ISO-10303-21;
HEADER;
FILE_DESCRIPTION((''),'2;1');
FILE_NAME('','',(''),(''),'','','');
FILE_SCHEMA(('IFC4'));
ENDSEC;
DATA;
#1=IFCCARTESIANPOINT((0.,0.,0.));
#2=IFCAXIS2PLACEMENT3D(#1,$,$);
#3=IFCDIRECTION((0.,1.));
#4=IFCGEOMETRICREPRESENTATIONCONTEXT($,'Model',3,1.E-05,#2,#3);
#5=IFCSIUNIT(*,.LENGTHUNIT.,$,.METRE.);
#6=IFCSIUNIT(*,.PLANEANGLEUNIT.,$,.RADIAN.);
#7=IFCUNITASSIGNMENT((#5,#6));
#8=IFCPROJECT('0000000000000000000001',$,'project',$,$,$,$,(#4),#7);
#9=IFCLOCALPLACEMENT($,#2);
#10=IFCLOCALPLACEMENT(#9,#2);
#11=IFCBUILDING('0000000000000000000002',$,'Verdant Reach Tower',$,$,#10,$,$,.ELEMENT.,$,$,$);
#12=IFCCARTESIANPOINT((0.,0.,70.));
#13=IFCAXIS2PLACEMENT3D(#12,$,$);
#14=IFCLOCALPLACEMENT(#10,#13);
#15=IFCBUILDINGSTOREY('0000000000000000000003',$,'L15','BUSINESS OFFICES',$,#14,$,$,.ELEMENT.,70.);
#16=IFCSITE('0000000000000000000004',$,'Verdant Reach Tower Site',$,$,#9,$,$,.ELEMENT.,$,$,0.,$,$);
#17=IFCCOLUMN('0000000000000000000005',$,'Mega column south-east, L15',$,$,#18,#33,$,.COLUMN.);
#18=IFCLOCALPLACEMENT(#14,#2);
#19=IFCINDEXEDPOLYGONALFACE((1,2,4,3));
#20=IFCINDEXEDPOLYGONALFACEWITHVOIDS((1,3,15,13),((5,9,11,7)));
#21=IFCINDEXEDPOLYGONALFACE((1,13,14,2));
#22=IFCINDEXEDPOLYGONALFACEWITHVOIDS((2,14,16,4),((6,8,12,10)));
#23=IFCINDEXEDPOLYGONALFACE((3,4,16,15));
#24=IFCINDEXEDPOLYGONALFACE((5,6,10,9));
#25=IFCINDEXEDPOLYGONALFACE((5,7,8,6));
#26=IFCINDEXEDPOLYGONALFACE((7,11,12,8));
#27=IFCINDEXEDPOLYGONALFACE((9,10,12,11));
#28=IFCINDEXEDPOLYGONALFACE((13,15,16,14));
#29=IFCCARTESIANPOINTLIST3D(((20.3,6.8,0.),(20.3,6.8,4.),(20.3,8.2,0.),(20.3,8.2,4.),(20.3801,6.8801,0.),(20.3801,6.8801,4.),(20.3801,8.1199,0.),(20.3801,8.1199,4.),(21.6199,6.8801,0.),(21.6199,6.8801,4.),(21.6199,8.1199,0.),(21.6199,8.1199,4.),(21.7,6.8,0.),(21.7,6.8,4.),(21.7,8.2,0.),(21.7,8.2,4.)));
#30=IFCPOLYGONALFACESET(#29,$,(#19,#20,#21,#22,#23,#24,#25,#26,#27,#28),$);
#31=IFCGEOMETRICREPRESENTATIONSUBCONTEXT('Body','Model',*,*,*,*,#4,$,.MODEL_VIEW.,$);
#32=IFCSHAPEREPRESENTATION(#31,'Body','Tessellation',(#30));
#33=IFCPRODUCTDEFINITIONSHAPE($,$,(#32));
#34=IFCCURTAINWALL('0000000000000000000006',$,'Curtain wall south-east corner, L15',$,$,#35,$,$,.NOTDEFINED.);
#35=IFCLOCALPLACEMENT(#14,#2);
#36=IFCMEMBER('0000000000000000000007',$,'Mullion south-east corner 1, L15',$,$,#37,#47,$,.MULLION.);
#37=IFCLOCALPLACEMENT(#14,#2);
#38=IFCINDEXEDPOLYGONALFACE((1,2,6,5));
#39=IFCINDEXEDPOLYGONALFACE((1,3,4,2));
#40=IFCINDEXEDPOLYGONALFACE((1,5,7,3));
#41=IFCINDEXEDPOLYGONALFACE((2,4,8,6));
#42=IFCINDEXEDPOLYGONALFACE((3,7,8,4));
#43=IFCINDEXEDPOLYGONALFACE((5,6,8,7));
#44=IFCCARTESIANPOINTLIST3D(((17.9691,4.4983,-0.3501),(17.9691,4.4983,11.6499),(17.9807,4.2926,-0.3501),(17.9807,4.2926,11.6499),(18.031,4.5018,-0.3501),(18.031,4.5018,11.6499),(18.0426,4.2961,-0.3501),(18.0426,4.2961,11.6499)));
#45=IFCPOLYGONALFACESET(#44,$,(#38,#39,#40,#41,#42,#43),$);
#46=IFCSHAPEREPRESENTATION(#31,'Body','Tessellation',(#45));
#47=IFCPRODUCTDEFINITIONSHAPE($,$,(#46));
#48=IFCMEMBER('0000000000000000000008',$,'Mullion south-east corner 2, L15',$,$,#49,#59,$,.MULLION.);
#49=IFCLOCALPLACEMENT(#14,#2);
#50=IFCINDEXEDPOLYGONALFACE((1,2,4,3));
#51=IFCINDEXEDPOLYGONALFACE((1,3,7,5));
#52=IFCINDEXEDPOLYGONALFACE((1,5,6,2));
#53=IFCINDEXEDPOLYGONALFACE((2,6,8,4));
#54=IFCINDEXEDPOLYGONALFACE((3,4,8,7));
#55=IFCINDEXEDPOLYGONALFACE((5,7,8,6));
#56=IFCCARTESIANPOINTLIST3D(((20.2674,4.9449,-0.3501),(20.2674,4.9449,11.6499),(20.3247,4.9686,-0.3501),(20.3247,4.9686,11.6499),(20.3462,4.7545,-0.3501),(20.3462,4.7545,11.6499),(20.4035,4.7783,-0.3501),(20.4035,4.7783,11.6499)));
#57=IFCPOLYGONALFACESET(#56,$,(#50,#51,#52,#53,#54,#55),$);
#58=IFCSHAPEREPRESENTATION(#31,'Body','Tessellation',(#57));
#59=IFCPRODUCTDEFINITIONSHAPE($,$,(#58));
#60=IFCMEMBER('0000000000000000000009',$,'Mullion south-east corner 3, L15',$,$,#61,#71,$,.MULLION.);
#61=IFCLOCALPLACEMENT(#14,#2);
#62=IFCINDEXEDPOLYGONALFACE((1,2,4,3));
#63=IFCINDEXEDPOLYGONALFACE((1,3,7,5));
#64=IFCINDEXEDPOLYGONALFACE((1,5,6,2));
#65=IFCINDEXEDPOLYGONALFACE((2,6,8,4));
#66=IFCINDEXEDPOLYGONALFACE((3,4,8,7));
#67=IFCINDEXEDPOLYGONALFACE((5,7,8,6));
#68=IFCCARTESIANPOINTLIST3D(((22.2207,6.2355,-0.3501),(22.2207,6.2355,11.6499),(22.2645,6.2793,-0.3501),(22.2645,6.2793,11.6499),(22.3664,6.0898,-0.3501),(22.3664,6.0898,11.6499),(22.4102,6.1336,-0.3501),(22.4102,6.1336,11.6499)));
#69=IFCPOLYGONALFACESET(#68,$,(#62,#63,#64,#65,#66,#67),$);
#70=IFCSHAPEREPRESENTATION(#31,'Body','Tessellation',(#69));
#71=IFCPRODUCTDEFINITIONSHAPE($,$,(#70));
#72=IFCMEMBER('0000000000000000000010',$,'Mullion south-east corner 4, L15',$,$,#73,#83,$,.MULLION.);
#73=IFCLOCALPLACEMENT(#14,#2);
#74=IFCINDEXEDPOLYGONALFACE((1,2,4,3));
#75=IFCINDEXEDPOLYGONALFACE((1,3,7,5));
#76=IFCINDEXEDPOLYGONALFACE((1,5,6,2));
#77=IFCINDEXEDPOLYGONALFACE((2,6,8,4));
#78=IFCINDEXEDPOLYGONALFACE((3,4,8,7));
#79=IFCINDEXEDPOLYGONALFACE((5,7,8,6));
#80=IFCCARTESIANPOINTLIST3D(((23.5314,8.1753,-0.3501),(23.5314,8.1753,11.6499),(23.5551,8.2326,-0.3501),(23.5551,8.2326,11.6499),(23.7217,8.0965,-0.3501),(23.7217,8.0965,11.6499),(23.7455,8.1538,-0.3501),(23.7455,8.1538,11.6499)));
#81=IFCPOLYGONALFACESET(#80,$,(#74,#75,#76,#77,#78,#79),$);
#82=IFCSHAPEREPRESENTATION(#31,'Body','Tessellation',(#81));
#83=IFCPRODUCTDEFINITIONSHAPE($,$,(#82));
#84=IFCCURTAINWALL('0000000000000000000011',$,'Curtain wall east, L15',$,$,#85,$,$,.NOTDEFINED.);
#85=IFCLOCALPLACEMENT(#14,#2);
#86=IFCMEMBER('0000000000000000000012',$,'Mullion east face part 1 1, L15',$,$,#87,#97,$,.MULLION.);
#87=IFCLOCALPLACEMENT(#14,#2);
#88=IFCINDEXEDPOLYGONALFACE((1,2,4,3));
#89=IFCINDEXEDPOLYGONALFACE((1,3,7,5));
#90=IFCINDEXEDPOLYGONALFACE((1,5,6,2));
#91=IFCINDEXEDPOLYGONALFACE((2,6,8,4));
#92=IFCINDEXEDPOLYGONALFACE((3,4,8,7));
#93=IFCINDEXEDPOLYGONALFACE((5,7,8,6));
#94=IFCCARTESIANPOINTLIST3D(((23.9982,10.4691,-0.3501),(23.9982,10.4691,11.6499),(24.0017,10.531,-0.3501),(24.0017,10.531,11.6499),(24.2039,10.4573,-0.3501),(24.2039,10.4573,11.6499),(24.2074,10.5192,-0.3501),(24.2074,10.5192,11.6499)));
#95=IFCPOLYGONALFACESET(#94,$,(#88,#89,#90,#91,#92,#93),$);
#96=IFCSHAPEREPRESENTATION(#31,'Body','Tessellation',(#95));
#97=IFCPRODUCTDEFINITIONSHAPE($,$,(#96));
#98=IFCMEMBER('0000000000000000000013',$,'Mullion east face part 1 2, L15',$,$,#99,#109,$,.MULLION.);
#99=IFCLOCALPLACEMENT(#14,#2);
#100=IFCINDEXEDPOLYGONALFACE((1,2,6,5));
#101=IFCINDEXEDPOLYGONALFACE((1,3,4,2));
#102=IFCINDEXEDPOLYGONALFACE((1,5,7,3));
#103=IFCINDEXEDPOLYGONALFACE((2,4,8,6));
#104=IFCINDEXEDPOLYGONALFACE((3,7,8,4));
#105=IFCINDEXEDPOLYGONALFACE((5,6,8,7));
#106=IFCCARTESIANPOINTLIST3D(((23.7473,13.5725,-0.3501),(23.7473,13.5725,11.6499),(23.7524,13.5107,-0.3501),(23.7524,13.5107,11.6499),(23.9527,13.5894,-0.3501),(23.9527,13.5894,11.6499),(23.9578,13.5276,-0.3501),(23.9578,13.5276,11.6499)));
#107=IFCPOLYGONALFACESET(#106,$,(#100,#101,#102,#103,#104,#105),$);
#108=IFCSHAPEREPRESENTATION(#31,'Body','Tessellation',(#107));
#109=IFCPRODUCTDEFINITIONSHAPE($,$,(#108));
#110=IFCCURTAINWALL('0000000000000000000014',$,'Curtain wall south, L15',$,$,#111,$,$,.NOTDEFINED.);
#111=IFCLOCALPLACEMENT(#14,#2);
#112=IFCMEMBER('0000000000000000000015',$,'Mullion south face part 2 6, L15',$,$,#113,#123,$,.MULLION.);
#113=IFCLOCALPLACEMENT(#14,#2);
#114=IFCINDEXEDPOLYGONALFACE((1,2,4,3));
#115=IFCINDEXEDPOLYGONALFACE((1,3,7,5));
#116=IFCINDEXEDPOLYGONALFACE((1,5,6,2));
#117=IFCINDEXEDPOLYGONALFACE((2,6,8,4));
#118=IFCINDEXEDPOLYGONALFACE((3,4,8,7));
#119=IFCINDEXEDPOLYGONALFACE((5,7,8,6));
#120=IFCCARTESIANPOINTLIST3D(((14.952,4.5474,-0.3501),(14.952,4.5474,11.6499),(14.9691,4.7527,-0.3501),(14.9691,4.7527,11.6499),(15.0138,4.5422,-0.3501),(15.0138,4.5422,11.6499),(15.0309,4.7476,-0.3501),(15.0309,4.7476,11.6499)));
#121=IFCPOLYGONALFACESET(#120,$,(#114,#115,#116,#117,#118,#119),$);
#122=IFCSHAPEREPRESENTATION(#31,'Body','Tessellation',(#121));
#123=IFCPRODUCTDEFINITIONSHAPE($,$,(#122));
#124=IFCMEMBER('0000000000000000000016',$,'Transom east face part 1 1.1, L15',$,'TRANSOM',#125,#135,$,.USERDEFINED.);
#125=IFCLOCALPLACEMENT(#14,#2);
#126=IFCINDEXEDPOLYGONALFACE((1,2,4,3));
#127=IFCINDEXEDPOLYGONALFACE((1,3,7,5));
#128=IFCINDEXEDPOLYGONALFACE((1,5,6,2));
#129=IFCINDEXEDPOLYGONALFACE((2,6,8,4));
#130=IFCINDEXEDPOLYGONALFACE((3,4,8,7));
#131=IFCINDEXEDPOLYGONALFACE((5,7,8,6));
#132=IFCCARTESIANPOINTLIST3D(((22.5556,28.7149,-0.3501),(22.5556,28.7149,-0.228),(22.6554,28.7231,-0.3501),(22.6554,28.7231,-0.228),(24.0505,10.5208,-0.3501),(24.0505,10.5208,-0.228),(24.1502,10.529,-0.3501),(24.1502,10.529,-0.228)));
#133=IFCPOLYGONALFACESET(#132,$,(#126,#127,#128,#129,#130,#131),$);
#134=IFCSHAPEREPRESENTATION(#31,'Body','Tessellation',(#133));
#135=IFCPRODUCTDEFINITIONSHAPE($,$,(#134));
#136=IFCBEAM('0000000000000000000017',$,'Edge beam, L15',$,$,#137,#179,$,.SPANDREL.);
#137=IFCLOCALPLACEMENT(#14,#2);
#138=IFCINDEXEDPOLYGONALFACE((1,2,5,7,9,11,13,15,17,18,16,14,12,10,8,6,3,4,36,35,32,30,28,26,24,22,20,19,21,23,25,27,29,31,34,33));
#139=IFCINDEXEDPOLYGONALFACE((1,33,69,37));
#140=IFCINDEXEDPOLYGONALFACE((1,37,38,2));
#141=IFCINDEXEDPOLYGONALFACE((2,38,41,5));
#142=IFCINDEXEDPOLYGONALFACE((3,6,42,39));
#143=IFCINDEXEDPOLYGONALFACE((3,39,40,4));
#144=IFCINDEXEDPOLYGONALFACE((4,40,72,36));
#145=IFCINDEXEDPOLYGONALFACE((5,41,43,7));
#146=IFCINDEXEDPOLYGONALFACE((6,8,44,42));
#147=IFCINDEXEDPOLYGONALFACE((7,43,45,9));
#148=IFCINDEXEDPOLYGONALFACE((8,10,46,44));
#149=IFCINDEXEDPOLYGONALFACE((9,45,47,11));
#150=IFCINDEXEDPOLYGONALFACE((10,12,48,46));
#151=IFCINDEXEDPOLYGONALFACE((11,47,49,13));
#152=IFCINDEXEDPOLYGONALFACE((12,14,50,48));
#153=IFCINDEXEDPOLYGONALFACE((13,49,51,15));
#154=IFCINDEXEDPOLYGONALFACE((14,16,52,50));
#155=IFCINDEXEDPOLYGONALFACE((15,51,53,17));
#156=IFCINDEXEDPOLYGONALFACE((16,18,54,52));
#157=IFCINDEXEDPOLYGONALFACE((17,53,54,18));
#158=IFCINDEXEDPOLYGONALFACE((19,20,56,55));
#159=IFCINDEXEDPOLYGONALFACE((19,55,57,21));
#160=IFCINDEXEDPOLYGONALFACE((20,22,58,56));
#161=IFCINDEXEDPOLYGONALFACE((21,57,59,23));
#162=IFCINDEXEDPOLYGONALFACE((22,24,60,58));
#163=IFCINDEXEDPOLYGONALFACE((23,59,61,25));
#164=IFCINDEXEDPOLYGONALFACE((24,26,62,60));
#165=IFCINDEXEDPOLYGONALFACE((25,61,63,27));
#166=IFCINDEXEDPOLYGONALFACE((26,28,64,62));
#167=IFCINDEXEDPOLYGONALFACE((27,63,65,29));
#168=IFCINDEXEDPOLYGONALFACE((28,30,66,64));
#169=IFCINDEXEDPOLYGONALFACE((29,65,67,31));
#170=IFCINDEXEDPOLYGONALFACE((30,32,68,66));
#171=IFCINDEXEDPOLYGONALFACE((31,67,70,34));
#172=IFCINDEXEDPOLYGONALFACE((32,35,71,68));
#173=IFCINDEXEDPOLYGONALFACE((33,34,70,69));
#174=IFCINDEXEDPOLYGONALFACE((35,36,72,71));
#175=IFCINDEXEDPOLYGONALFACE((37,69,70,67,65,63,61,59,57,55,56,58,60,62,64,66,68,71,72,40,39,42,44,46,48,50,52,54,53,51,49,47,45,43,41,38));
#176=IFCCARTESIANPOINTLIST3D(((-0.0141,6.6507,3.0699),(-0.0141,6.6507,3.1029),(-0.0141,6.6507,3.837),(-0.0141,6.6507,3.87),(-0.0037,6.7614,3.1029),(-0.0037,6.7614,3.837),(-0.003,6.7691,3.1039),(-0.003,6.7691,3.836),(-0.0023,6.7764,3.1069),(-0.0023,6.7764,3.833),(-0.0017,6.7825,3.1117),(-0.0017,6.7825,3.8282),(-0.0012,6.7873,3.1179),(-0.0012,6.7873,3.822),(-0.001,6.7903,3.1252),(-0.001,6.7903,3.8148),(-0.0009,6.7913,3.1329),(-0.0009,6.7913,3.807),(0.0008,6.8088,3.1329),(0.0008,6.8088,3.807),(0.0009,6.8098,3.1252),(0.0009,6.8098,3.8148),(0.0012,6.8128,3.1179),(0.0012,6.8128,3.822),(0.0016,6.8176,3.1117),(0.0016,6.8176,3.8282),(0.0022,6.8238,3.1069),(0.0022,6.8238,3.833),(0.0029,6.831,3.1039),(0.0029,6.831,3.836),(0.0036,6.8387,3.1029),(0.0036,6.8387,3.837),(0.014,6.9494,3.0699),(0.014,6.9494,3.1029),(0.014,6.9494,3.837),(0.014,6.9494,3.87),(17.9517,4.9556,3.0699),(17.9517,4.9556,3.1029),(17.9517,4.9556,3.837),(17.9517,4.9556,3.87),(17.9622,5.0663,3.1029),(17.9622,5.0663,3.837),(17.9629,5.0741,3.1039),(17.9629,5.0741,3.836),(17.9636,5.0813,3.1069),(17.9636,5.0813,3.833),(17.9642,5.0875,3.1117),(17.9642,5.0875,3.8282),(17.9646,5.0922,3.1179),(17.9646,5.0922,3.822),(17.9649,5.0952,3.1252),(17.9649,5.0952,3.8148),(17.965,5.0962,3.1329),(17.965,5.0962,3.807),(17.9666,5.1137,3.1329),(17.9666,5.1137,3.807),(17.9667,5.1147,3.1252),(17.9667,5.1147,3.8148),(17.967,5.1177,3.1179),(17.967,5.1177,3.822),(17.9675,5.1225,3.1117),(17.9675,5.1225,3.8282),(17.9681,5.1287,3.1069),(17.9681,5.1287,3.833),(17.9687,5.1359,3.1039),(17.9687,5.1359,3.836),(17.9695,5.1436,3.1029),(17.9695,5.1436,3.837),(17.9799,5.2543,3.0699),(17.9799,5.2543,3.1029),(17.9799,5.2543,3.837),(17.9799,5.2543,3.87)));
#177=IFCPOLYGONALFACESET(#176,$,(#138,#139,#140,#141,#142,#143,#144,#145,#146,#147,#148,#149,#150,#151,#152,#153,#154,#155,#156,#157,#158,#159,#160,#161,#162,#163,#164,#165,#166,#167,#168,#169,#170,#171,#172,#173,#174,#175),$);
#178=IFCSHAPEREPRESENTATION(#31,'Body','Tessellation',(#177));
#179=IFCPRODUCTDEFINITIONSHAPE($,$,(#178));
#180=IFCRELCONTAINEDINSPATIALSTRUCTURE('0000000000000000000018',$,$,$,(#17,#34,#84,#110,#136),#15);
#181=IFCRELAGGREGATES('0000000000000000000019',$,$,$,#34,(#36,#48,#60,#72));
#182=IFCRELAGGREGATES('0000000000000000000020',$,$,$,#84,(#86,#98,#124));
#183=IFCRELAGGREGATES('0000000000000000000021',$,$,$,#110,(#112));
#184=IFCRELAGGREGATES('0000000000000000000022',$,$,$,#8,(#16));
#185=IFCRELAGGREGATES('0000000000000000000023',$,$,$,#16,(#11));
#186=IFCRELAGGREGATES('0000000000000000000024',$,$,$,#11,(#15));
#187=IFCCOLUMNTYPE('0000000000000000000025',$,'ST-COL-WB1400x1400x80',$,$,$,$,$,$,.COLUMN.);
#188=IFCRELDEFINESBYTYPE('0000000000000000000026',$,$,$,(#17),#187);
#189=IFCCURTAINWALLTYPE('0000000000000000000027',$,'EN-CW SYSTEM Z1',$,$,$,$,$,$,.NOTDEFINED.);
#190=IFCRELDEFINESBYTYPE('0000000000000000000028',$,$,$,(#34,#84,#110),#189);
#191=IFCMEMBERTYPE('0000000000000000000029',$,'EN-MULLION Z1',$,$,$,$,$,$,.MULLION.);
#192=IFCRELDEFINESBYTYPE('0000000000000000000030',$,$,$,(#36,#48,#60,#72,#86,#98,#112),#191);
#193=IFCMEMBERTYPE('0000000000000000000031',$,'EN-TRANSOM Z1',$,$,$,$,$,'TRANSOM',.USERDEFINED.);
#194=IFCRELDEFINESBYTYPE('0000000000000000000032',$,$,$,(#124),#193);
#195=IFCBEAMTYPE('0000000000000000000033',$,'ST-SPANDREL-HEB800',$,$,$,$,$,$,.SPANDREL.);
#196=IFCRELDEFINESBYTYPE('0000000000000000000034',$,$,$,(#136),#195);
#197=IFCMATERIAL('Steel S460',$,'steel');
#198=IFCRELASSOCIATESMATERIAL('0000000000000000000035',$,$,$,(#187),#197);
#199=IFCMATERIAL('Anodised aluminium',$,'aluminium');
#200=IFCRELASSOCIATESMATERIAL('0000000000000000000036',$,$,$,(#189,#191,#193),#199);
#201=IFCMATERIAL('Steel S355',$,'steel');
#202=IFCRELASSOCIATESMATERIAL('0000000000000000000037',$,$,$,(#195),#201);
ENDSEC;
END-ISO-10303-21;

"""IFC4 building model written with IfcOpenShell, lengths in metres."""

from ifc_helpers import new_model, si_unit, direction, frame, origin, origin_2d, place, context, subcontext, project, spatial, rectangle, hollow_rectangle, i_section, extrude, material, material_profile, profile_set, type_object, element, aggregate, save


model = new_model("IFC4")

# Units and contexts
model_context = context("Model", 3, precision=1e-05, world=origin(), true_north=direction((0.0, 1.0)))
body_context = subcontext(model_context, "Body", "Model", "MODEL_VIEW")
ifc_project = project(units=[si_unit("LENGTHUNIT", "METRE"), si_unit("PLANEANGLEUNIT", "RADIAN")], contexts=[model_context])

# Site, building, storey
site_placement = place(None, origin())
site = spatial("IfcSite", under=ifc_project, at=site_placement, Name="Verdant Reach Tower Site", CompositionType="ELEMENT", RefElevation=0.0)
building_placement = place(site_placement, origin())
building = spatial("IfcBuilding", under=site, at=building_placement, Name="Verdant Reach Tower", CompositionType="ELEMENT")
storey_placement = place(building_placement, frame((0.0, 0.0, 70.0)))
storey = spatial("IfcBuildingStorey", under=building, at=storey_placement, Name="L15", Description="BUSINESS OFFICES", CompositionType="ELEMENT", Elevation=70.0)

# Column
ifc_material_1 = material(Name="Steel S460", Category="steel")
ifc_material_profile_1 = material_profile(ifc_material_1, hollow_rectangle(XDim=1.3999, YDim=1.3999, WallThickness=0.0801, at=origin_2d()), Name="WB 1400x1400x80")
ifc_profile_set_1 = profile_set([ifc_material_profile_1], Name="Steel S460")
column_type = type_object("IfcColumnType", Name="ST-COL-WB1400x1400x80", PredefinedType="COLUMN", material=ifc_profile_set_1)
column_placement = place(storey_placement, frame((21.0, 7.5, 0.0), z_axis=(0.0, 0.0, 1.0), x_axis=(1.0, 0.0, 0.0)))
element("IfcColumn", 1, at=column_placement, inside=storey, type_object=column_type, Name="Mega column south-east, L15", PredefinedType="COLUMN", context=body_context, shape_type="SweptSolid", body=[
    extrude(hollow_rectangle(XDim=1.3999, YDim=1.3999, WallThickness=0.0801, at=origin_2d()), origin(), (0.0, 0.0, 1.0), 4.0),
])

# Curtain walls, members
ifc_material_2 = material(Name="Anodised aluminium", Category="aluminium")
curtain_wall_type = type_object("IfcCurtainWallType", Name="EN-CW SYSTEM Z1", PredefinedType="NOTDEFINED", material=ifc_material_2)
curtain_wall_1_placement = place(storey_placement, origin())
curtain_wall_1 = element("IfcCurtainWall", 2, at=curtain_wall_1_placement, inside=storey, type_object=curtain_wall_type, Name="Curtain wall south-east corner, L15", PredefinedType="NOTDEFINED")
ifc_material_profile_2 = material_profile(ifc_material_2, rectangle(XDim=0.2061, YDim=0.062, at=origin_2d()), Name="Mullion 62x206")
ifc_profile_set_2 = profile_set([ifc_material_profile_2], Name="Anodised aluminium")
member_type_1 = type_object("IfcMemberType", Name="EN-MULLION Z1", PredefinedType="MULLION", material=ifc_profile_set_2)
member_1_placement = place(storey_placement, frame((18.0059, 4.3972, -0.3501), z_axis=(0.0, 0.0, 1.0), x_axis=(0.056569, -0.998399, 0.0)))
member_1 = element("IfcMember", 3, at=member_1_placement, type_object=member_type_1, Name="Mullion south-east corner 1, L15", PredefinedType="MULLION", context=body_context, shape_type="SweptSolid", body=[
    extrude(rectangle(XDim=0.2061, YDim=0.062, at=origin_2d()), origin(), (0.0, 0.0, 1.0), 12.0),
])
member_2_placement = place(storey_placement, frame((20.3354, 4.8616, -0.3501), z_axis=(0.0, 0.0, 1.0), x_axis=(0.382694, -0.923875, 0.0)))
member_2 = element("IfcMember", 4, at=member_2_placement, type_object=member_type_1, Name="Mullion south-east corner 2, L15", PredefinedType="MULLION", context=body_context, shape_type="SweptSolid", body=[
    extrude(rectangle(XDim=0.2061, YDim=0.062, at=origin_2d()), origin(), (0.0, 0.0, 1.0), 12.0),
])
member_3_placement = place(storey_placement, frame((22.3154, 6.1846, -0.3501), z_axis=(0.0, 0.0, 1.0), x_axis=(0.707107, -0.707107, 0.0)))
member_3 = element("IfcMember", 5, at=member_3_placement, type_object=member_type_1, Name="Mullion south-east corner 3, L15", PredefinedType="MULLION", context=body_context, shape_type="SweptSolid", body=[
    extrude(rectangle(XDim=0.2061, YDim=0.062, at=origin_2d()), origin(), (0.0, 0.0, 1.0), 12.0),
])
member_4_placement = place(storey_placement, frame((23.6384, 8.1646, -0.3501), z_axis=(0.0, 0.0, 1.0), x_axis=(0.923875, -0.382694, 0.0)))
member_4 = element("IfcMember", 6, at=member_4_placement, type_object=member_type_1, Name="Mullion south-east corner 4, L15", PredefinedType="MULLION", context=body_context, shape_type="SweptSolid", body=[
    extrude(rectangle(XDim=0.2061, YDim=0.062, at=origin_2d()), origin(), (0.0, 0.0, 1.0), 12.0),
])
curtain_wall_2_placement = place(storey_placement, origin())
curtain_wall_2 = element("IfcCurtainWall", 7, at=curtain_wall_2_placement, inside=storey, type_object=curtain_wall_type, Name="Curtain wall east, L15", PredefinedType="NOTDEFINED")
member_5_placement = place(storey_placement, frame((24.1028, 10.4941, -0.3501), z_axis=(0.0, 0.0, 1.0), x_axis=(0.998366, -0.057135, 0.0)))
member_5 = element("IfcMember", 8, at=member_5_placement, type_object=member_type_1, Name="Mullion east face part 1 1, L15", PredefinedType="MULLION", context=body_context, shape_type="SweptSolid", body=[
    extrude(rectangle(XDim=0.2061, YDim=0.062, at=origin_2d()), origin(), (0.0, 0.0, 1.0), 12.0),
])
member_6_placement = place(storey_placement, frame((23.8525, 13.55, -0.3501), z_axis=(0.0, 0.0, 1.0), x_axis=(0.996639, 0.081916, 0.0)))
member_6 = element("IfcMember", 9, at=member_6_placement, type_object=member_type_1, Name="Mullion east face part 1 2, L15", PredefinedType="MULLION", context=body_context, shape_type="SweptSolid", body=[
    extrude(rectangle(XDim=0.2061, YDim=0.062, at=origin_2d()), origin(), (0.0, 0.0, 1.0), 12.0),
])

# Curtain wall, member
curtain_wall_3_placement = place(storey_placement, origin())
curtain_wall_3 = element("IfcCurtainWall", 10, at=curtain_wall_3_placement, inside=storey, type_object=curtain_wall_type, Name="Curtain wall south, L15", PredefinedType="NOTDEFINED")
member_7_placement = place(storey_placement, frame((14.9915, 4.6475, -0.3501), z_axis=(0.0, 0.0, 1.0), x_axis=(-0.083045, -0.996546, 0.0)))
member_7 = element("IfcMember", 11, at=member_7_placement, type_object=member_type_1, Name="Mullion south face part 2 6, L15", PredefinedType="MULLION", context=body_context, shape_type="SweptSolid", body=[
    extrude(rectangle(XDim=0.2061, YDim=0.062, at=origin_2d()), origin(), (0.0, 0.0, 1.0), 12.0),
])

# Member
ifc_material_profile_3 = material_profile(ifc_material_2, rectangle(XDim=0.1001, YDim=0.1221, at=origin_2d()), Name="Transom 122x100")
ifc_profile_set_3 = profile_set([ifc_material_profile_3], Name="Anodised aluminium")
member_type_2 = type_object("IfcMemberType", Name="EN-TRANSOM Z1", ElementType="TRANSOM", PredefinedType="USERDEFINED", material=ifc_profile_set_3)
member_8_placement = place(storey_placement, frame((24.1003, 10.5249, -0.2891), z_axis=(-0.081887, 0.996642, 0.0), x_axis=(-0.996642, -0.081887, 0.0)))
member_8 = element("IfcMember", 12, at=member_8_placement, type_object=member_type_2, Name="Transom east face part 1 1.1, L15", ObjectType="TRANSOM", PredefinedType="USERDEFINED", context=body_context, shape_type="SweptSolid", body=[
    extrude(rectangle(XDim=0.1001, YDim=0.1221, at=origin_2d()), origin(), (0.0, 0.0, 1.0), 18.2554),
])

# Beam
ifc_material_3 = material(Name="Steel S355", Category="steel")
ifc_material_profile_4 = material_profile(ifc_material_3, i_section(OverallWidth=0.3, OverallDepth=0.8, WebThickness=0.0176, FlangeThickness=0.033, FilletRadius=0.03, at=origin_2d()), Name="HEB 800")
ifc_profile_set_4 = profile_set([ifc_material_profile_4], Name="Steel S355")
beam_type_1 = type_object("IfcBeamType", Name="ST-SPANDREL-HEB800", PredefinedType="SPANDREL", material=ifc_profile_set_4)
beam_1_placement = place(storey_placement, frame((17.9658, 5.105, 3.47), z_axis=(-0.995579, 0.093932, 0.0), x_axis=(-0.093932, -0.995579, 0.0)))
element("IfcBeam", 13, at=beam_1_placement, inside=storey, type_object=beam_type_1, Name="Edge beam, L15", PredefinedType="SPANDREL", context=body_context, shape_type="SweptSolid", body=[
    extrude(i_section(OverallWidth=0.3, OverallDepth=0.8, WebThickness=0.0176, FlangeThickness=0.033, FilletRadius=0.03, at=origin_2d()), origin(), (0.0, 0.0, 1.0), 18.0457),
])

aggregate(curtain_wall_1, [member_1, member_2, member_3, member_4])
aggregate(curtain_wall_2, [member_5, member_6, member_8])
aggregate(curtain_wall_3, [member_7])

save(model, "model.ifc")
